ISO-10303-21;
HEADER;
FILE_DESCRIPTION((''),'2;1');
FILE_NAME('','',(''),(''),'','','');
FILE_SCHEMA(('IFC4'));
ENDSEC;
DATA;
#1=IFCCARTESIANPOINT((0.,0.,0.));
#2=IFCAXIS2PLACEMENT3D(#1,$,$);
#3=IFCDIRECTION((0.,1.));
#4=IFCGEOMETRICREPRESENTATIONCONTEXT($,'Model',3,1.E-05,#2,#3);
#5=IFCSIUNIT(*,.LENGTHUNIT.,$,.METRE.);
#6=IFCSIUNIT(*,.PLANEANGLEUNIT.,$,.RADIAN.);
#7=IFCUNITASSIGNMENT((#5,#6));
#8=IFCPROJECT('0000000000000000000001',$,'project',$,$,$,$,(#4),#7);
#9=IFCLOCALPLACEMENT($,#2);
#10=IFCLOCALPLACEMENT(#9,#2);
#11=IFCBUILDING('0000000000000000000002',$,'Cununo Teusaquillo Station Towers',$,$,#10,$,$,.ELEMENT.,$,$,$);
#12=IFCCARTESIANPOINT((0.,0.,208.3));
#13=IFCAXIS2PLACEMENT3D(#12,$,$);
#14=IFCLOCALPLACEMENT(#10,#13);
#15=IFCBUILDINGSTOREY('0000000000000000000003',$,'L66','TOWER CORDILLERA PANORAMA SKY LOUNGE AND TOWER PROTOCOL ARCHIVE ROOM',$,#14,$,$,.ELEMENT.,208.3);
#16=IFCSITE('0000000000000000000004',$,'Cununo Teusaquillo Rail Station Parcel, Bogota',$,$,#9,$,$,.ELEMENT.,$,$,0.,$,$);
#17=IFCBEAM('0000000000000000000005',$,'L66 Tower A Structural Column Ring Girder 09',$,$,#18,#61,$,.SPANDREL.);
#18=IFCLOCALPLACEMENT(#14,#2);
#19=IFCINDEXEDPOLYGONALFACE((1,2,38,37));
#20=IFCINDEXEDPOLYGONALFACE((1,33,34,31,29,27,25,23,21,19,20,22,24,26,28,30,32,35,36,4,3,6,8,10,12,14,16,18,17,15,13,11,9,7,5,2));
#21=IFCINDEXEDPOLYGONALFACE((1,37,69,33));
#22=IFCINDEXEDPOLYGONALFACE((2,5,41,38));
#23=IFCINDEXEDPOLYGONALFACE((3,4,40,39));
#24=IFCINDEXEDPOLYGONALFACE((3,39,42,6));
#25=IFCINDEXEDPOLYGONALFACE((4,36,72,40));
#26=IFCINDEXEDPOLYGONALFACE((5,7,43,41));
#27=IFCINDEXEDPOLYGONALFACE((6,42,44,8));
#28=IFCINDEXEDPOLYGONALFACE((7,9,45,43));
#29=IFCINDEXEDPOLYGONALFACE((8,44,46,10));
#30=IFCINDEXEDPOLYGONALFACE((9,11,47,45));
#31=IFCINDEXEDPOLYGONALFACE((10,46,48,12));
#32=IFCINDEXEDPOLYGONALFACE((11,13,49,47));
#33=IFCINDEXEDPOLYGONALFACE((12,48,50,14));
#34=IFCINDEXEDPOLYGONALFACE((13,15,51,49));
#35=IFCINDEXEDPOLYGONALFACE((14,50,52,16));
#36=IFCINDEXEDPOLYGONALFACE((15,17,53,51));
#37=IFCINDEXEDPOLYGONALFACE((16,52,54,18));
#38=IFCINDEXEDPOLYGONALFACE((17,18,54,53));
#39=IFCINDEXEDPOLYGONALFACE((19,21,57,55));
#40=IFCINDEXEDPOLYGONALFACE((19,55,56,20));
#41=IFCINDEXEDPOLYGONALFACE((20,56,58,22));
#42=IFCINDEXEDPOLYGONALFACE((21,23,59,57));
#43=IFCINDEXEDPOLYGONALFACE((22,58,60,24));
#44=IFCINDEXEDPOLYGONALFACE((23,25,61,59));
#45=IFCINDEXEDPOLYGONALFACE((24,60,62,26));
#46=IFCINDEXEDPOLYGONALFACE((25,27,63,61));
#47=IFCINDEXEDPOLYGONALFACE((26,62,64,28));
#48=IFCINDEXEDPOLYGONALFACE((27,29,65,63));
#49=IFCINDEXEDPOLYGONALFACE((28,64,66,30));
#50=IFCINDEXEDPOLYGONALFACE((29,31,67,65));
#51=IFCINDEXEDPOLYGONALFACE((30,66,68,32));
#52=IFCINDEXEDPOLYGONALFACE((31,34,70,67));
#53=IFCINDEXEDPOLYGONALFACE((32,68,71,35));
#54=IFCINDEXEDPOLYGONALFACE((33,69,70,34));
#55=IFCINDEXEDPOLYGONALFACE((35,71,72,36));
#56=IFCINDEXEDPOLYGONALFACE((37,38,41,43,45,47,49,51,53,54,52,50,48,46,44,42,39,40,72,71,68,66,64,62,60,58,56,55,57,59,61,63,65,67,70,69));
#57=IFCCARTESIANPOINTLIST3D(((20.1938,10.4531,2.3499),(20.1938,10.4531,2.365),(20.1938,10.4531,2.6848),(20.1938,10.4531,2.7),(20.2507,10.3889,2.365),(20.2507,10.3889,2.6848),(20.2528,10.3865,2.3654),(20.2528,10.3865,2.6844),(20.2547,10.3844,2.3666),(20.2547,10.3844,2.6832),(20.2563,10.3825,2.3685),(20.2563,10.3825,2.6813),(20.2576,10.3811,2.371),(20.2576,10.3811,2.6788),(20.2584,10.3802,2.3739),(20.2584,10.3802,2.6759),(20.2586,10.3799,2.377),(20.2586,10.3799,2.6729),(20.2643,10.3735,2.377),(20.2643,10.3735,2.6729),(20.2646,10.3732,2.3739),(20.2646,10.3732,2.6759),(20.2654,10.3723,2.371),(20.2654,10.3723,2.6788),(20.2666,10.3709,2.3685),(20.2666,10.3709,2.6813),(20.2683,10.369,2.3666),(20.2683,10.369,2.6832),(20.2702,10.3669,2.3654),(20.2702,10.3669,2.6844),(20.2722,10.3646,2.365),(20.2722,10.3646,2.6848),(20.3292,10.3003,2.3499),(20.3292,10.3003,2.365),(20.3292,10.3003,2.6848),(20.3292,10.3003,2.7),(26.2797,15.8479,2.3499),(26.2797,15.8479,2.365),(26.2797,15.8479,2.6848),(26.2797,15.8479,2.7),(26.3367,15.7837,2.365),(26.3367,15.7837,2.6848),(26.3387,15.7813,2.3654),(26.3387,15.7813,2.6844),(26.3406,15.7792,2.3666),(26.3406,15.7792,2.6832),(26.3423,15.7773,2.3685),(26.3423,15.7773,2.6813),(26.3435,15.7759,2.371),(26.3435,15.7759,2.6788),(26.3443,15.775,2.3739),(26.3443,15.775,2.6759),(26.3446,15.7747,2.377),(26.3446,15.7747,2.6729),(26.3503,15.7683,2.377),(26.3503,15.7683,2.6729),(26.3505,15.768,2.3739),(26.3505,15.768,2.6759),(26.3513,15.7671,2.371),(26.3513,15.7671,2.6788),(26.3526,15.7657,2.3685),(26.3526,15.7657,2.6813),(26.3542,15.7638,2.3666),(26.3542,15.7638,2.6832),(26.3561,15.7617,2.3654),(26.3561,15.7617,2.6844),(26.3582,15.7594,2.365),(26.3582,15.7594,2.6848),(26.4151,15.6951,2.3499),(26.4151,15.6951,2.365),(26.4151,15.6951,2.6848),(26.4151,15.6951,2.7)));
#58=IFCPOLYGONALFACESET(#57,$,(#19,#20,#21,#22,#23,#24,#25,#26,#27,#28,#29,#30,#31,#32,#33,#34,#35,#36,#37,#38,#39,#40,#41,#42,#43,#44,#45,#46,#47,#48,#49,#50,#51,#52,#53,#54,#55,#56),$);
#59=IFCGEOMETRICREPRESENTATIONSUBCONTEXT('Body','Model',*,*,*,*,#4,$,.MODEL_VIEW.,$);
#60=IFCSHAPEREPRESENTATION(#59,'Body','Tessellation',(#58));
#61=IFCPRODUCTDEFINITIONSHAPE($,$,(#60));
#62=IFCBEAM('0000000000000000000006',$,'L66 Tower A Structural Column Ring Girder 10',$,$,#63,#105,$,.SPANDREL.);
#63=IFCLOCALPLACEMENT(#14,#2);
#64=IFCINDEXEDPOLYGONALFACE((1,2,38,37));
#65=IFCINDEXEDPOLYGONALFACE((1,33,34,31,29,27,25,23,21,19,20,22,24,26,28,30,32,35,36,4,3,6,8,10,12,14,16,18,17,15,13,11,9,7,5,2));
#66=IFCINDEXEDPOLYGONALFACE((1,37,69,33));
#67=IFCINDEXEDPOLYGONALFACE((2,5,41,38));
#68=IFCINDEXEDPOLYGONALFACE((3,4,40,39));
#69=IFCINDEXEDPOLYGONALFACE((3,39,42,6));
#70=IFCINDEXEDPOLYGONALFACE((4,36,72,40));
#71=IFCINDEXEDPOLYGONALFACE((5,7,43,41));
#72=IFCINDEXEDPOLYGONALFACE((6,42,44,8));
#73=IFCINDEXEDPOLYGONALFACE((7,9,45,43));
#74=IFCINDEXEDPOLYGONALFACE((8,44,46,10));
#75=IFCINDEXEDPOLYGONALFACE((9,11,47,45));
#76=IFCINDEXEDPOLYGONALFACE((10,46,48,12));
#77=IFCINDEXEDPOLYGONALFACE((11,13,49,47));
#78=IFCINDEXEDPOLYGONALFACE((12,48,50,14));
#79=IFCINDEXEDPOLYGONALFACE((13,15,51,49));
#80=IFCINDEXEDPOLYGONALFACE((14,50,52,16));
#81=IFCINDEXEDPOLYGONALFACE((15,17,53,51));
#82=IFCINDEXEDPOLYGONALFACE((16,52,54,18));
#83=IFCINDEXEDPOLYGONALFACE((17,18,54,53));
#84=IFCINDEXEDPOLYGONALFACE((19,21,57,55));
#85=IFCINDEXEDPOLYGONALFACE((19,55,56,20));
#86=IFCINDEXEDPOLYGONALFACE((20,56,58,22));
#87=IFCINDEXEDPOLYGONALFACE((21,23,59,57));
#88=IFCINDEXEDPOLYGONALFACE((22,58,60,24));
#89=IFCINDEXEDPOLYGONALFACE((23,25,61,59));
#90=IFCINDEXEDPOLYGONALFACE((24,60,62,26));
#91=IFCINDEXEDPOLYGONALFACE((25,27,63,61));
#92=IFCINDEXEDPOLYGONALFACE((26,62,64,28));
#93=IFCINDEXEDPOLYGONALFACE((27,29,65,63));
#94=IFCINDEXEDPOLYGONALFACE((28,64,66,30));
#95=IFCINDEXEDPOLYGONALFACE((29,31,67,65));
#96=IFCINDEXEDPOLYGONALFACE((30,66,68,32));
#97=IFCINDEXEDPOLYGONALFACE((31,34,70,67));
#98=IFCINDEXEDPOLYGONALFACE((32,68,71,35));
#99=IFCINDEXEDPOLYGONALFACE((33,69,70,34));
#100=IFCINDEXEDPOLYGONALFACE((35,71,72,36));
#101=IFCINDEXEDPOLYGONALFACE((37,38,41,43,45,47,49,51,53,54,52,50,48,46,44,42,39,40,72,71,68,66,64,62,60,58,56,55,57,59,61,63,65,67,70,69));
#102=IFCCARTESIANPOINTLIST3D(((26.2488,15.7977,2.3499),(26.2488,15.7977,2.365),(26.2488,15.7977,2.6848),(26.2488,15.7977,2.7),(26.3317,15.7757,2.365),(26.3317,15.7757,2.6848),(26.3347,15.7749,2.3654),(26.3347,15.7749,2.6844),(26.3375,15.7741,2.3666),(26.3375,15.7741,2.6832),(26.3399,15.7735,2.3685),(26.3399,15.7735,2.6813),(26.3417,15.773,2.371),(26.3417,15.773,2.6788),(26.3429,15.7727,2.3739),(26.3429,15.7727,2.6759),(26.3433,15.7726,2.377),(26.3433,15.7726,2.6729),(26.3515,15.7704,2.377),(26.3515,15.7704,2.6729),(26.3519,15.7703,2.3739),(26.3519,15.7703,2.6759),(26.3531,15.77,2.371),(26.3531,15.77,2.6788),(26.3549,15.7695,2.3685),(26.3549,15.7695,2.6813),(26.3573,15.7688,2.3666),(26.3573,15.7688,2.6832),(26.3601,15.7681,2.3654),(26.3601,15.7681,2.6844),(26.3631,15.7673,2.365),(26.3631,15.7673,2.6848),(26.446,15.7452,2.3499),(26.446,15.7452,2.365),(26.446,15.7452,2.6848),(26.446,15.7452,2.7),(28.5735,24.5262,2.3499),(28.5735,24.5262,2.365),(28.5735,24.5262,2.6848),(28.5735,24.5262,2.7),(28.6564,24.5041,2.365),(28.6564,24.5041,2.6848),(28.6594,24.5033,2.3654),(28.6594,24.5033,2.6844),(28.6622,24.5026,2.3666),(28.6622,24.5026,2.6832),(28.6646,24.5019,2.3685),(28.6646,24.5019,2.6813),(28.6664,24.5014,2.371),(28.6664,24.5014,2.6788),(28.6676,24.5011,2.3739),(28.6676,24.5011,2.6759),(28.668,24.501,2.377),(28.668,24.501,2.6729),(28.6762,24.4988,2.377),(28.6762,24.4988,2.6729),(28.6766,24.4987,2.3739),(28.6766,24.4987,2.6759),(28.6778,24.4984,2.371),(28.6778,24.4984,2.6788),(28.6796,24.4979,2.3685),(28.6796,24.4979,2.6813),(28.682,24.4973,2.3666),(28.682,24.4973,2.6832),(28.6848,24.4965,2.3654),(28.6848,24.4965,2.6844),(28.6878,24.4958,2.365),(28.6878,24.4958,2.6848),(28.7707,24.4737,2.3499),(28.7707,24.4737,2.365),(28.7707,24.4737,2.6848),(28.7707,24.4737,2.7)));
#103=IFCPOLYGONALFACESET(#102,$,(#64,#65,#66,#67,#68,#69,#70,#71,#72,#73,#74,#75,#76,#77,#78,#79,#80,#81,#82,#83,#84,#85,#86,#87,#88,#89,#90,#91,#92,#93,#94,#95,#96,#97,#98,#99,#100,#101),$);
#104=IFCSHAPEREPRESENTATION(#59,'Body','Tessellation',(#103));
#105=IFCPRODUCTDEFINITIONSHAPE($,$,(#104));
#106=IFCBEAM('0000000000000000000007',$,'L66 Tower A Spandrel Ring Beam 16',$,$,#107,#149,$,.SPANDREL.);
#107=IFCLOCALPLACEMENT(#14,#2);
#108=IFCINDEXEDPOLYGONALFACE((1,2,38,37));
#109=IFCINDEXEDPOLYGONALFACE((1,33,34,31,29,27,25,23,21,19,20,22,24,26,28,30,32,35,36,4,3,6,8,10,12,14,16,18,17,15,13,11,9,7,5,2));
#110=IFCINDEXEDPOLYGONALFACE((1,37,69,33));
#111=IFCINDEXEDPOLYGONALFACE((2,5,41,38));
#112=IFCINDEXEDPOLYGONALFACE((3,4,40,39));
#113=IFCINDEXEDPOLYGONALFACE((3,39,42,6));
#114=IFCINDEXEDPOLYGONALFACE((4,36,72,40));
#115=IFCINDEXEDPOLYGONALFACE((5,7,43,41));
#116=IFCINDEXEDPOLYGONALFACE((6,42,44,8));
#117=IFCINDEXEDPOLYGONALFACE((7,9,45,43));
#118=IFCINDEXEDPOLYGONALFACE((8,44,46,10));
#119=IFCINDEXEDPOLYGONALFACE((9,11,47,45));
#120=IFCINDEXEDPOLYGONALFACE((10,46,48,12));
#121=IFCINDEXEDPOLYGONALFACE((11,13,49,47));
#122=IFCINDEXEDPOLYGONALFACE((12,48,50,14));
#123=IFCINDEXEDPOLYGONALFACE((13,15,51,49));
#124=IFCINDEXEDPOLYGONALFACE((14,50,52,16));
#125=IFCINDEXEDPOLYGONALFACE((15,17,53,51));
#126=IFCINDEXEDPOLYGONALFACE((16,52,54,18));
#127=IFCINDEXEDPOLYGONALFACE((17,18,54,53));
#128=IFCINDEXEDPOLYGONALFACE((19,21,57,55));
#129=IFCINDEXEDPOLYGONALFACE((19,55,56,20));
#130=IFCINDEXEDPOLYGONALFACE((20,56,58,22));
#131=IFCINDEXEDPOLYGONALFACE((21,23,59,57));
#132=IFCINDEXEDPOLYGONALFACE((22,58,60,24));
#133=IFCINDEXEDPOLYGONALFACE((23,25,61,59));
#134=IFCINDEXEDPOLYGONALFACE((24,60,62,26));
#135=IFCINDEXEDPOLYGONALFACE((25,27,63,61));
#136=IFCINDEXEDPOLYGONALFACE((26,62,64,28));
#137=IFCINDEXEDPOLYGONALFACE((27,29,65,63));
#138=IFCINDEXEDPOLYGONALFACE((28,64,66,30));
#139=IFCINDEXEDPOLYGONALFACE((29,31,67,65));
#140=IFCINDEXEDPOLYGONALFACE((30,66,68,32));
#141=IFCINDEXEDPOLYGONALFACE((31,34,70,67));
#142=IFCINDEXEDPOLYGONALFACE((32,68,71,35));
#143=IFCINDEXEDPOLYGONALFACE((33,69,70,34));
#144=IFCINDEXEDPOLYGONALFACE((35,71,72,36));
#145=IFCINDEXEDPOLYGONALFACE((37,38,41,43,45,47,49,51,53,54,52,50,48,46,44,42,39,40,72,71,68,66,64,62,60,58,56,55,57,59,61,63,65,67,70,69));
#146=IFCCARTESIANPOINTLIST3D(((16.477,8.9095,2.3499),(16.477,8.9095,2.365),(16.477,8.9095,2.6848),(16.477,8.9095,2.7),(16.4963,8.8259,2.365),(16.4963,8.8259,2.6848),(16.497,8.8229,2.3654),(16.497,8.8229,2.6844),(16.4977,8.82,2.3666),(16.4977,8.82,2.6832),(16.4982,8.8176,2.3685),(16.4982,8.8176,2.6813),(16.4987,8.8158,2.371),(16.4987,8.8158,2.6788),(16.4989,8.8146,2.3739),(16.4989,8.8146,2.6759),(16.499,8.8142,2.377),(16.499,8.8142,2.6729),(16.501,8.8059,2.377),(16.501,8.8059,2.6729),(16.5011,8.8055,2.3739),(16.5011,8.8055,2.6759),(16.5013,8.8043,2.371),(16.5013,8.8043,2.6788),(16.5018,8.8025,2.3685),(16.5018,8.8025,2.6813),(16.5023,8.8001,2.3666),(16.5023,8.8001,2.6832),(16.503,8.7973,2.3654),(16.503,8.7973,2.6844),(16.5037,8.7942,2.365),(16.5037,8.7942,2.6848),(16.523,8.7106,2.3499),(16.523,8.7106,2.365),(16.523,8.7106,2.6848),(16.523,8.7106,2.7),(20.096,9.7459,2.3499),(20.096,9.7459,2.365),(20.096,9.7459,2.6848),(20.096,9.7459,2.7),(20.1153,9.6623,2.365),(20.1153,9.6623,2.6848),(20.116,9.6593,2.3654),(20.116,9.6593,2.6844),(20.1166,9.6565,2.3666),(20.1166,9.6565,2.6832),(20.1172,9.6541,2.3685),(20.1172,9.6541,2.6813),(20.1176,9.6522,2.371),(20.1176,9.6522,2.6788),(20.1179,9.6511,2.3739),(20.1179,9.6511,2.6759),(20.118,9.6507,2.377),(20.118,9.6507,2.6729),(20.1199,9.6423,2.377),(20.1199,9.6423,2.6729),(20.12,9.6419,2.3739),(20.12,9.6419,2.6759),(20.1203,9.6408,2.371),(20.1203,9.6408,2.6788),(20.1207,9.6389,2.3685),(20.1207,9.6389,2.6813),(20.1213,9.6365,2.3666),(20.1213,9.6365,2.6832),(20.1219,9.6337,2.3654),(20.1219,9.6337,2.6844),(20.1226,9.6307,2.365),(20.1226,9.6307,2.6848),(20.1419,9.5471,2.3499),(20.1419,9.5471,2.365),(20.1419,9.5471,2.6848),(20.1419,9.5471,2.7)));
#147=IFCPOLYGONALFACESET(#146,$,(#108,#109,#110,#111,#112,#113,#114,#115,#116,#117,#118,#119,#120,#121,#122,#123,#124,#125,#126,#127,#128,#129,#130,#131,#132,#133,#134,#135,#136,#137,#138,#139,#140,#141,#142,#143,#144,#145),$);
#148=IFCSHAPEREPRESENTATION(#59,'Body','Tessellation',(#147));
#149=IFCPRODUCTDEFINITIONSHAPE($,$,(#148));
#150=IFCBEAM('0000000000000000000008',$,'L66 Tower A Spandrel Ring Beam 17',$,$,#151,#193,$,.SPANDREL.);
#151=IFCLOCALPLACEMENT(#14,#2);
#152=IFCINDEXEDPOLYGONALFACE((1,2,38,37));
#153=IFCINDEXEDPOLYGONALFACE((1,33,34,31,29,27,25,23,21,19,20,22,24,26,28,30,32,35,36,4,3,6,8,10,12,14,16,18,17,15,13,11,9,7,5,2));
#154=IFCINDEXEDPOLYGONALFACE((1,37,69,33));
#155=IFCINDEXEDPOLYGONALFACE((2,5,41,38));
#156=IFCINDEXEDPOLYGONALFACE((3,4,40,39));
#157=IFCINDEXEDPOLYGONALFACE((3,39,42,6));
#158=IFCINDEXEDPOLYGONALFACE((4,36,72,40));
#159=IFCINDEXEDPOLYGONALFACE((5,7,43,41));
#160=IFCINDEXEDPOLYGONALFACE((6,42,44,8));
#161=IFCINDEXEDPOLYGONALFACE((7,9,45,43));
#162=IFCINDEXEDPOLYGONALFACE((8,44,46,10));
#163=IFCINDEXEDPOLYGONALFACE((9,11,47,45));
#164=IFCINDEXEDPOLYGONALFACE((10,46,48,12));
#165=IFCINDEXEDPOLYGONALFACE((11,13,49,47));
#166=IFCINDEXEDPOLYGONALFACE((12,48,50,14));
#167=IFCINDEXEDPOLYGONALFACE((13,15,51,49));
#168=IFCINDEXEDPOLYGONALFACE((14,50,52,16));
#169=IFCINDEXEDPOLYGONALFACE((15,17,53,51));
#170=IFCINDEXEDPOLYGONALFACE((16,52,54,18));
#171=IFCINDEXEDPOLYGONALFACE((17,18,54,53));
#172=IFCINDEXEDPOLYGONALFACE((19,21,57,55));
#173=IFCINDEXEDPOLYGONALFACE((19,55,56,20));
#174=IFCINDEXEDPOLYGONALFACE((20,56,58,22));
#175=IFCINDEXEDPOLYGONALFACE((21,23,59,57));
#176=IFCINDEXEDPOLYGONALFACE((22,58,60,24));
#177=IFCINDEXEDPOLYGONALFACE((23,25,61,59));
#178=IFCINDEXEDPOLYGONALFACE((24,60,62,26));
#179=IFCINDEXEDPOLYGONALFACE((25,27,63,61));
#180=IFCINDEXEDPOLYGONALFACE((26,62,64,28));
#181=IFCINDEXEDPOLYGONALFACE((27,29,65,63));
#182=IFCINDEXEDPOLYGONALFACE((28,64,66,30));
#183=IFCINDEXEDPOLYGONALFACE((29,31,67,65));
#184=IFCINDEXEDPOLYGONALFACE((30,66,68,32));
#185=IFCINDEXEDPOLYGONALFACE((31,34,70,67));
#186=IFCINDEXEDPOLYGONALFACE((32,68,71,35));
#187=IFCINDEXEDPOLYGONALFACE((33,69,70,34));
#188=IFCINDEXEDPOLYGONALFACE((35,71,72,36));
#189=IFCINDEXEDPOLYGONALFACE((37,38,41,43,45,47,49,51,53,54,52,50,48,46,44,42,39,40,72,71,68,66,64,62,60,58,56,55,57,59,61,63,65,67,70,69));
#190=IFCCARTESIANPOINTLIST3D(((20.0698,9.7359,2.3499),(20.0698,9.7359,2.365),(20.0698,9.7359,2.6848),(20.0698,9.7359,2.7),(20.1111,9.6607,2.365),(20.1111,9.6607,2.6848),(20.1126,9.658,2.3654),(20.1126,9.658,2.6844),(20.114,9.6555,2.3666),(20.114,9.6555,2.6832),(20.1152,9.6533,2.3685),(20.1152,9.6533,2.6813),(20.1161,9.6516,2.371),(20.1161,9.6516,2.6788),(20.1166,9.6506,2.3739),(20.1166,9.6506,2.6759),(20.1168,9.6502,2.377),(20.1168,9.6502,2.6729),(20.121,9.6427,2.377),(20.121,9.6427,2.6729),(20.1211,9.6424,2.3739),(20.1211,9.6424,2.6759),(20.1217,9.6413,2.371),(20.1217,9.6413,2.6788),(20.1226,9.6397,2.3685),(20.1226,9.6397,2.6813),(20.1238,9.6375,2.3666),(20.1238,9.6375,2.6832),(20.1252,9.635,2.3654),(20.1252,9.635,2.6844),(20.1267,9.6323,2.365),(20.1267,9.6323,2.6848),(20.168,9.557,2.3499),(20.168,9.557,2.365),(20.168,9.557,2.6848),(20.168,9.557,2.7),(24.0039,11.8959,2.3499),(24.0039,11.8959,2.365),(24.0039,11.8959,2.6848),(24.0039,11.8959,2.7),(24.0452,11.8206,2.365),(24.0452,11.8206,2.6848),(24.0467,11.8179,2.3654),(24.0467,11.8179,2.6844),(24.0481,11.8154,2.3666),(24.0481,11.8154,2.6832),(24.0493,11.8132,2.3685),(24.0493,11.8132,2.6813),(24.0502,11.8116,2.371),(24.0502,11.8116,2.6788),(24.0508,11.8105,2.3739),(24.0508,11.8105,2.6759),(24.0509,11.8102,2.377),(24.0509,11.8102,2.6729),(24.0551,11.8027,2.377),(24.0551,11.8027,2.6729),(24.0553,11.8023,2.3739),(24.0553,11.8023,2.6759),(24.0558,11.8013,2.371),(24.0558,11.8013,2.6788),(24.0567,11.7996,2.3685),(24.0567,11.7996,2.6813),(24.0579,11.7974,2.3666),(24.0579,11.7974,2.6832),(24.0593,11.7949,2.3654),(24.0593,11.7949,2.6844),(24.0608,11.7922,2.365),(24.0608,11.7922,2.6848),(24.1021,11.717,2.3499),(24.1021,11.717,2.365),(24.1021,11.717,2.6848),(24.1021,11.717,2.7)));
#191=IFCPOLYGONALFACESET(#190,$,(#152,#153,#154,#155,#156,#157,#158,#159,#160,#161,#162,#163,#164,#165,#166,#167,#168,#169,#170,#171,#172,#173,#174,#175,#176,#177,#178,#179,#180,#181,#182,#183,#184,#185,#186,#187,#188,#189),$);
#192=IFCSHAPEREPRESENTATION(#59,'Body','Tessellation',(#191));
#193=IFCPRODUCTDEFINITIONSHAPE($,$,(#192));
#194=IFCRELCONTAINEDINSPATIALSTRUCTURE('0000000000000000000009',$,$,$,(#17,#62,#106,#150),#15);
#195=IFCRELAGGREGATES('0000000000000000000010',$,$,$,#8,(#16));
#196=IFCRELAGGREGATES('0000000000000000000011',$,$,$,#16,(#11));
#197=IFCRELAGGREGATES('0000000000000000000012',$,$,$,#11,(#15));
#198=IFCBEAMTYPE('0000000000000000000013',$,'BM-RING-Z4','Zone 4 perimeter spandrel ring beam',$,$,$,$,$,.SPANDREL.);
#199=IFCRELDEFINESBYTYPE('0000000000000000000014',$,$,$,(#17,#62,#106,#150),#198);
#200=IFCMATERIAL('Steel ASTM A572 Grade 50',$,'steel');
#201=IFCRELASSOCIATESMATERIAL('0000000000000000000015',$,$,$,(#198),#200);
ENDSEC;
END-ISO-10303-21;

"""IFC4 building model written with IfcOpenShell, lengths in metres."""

from ifc_helpers import new_model, si_unit, direction, frame, origin, origin_2d, place, context, subcontext, project, spatial, i_section, extrude, material, material_profile, profile_set, type_object, element, save


model = new_model("IFC4")

# Units and contexts
model_context = context("Model", 3, precision=1e-05, world=origin(), true_north=direction((0.0, 1.0)))
body_context = subcontext(model_context, "Body", "Model", "MODEL_VIEW")
ifc_project = project(units=[si_unit("LENGTHUNIT", "METRE"), si_unit("PLANEANGLEUNIT", "RADIAN")], contexts=[model_context])

# Site, building, storey
site_placement = place(None, origin())
site = spatial("IfcSite", under=ifc_project, at=site_placement, Name="Cununo Teusaquillo Rail Station Parcel, Bogota", CompositionType="ELEMENT", RefElevation=0.0)
building_placement = place(site_placement, origin())
building = spatial("IfcBuilding", under=site, at=building_placement, Name="Cununo Teusaquillo Station Towers", CompositionType="ELEMENT")
storey_placement = place(building_placement, frame((0.0, 0.0, 208.3)))
storey = spatial("IfcBuildingStorey", under=building, at=storey_placement, Name="L66", Description="TOWER CORDILLERA PANORAMA SKY LOUNGE AND TOWER PROTOCOL ARCHIVE ROOM", CompositionType="ELEMENT", Elevation=208.3)

# Beams
ifc_material_1 = material(Name="Steel ASTM A572 Grade 50", Category="steel")
ifc_material_profile_1 = material_profile(ifc_material_1, i_section(OverallWidth=0.2041, OverallDepth=0.3501, WebThickness=0.0085, FlangeThickness=0.0151, FilletRadius=0.012, at=origin_2d()), Name="W14X48")
ifc_profile_set_1 = profile_set([ifc_material_profile_1], Name="Steel ASTM A572 Grade 50")
beam_type_1 = type_object("IfcBeamType", Name="BM-RING-Z4", Description="Zone 4 perimeter spandrel ring beam", PredefinedType="SPANDREL", material=ifc_profile_set_1)
beam_1_placement = place(storey_placement, frame((20.2615, 10.3767, 2.5249), z_axis=(0.748321, 0.663337, 0.0), x_axis=(-0.663337, 0.748321, 0.0)))
element("IfcBeam", 1, at=beam_1_placement, inside=storey, type_object=beam_type_1, Name="L66 Tower A Structural Column Ring Girder 09", PredefinedType="SPANDREL", context=body_context, shape_type="SweptSolid", body=[
    extrude(i_section(OverallWidth=0.2041, OverallDepth=0.3501, WebThickness=0.0085, FlangeThickness=0.0151, FilletRadius=0.012, at=origin_2d()), origin(), (0.0, 0.0, 1.0), 8.1328),
])
beam_2_placement = place(storey_placement, frame((26.3474, 15.7715, 2.5249), z_axis=(0.257363, 0.966315, 0.0), x_axis=(-0.966315, 0.257363, 0.0)))
element("IfcBeam", 2, at=beam_2_placement, inside=storey, type_object=beam_type_1, Name="L66 Tower A Structural Column Ring Girder 10", PredefinedType="SPANDREL", context=body_context, shape_type="SweptSolid", body=[
    extrude(i_section(OverallWidth=0.2041, OverallDepth=0.3501, WebThickness=0.0085, FlangeThickness=0.0151, FilletRadius=0.012, at=origin_2d()), origin(), (0.0, 0.0, 1.0), 9.0327),
])
beam_3_placement = place(storey_placement, frame((16.5, 8.8101, 2.5249), z_axis=(0.974315, 0.225191, 0.0), x_axis=(-0.225191, 0.974315, 0.0)))
element("IfcBeam", 3, at=beam_3_placement, inside=storey, type_object=beam_type_1, Name="L66 Tower A Spandrel Ring Beam 16", PredefinedType="SPANDREL", context=body_context, shape_type="SweptSolid", body=[
    extrude(i_section(OverallWidth=0.2041, OverallDepth=0.3501, WebThickness=0.0085, FlangeThickness=0.0151, FilletRadius=0.012, at=origin_2d()), origin(), (0.0, 0.0, 1.0), 3.7144),
])
beam_4_placement = place(storey_placement, frame((20.1189, 9.6465, 2.5249), z_axis=(0.876576, 0.481263, 0.0), x_axis=(-0.481263, 0.876576, 0.0)))
element("IfcBeam", 4, at=beam_4_placement, inside=storey, type_object=beam_type_1, Name="L66 Tower A Spandrel Ring Beam 17", PredefinedType="SPANDREL", context=body_context, shape_type="SweptSolid", body=[
    extrude(i_section(OverallWidth=0.2041, OverallDepth=0.3501, WebThickness=0.0085, FlangeThickness=0.0151, FilletRadius=0.012, at=origin_2d()), origin(), (0.0, 0.0, 1.0), 4.488),
])

save(model, "model.ifc")
